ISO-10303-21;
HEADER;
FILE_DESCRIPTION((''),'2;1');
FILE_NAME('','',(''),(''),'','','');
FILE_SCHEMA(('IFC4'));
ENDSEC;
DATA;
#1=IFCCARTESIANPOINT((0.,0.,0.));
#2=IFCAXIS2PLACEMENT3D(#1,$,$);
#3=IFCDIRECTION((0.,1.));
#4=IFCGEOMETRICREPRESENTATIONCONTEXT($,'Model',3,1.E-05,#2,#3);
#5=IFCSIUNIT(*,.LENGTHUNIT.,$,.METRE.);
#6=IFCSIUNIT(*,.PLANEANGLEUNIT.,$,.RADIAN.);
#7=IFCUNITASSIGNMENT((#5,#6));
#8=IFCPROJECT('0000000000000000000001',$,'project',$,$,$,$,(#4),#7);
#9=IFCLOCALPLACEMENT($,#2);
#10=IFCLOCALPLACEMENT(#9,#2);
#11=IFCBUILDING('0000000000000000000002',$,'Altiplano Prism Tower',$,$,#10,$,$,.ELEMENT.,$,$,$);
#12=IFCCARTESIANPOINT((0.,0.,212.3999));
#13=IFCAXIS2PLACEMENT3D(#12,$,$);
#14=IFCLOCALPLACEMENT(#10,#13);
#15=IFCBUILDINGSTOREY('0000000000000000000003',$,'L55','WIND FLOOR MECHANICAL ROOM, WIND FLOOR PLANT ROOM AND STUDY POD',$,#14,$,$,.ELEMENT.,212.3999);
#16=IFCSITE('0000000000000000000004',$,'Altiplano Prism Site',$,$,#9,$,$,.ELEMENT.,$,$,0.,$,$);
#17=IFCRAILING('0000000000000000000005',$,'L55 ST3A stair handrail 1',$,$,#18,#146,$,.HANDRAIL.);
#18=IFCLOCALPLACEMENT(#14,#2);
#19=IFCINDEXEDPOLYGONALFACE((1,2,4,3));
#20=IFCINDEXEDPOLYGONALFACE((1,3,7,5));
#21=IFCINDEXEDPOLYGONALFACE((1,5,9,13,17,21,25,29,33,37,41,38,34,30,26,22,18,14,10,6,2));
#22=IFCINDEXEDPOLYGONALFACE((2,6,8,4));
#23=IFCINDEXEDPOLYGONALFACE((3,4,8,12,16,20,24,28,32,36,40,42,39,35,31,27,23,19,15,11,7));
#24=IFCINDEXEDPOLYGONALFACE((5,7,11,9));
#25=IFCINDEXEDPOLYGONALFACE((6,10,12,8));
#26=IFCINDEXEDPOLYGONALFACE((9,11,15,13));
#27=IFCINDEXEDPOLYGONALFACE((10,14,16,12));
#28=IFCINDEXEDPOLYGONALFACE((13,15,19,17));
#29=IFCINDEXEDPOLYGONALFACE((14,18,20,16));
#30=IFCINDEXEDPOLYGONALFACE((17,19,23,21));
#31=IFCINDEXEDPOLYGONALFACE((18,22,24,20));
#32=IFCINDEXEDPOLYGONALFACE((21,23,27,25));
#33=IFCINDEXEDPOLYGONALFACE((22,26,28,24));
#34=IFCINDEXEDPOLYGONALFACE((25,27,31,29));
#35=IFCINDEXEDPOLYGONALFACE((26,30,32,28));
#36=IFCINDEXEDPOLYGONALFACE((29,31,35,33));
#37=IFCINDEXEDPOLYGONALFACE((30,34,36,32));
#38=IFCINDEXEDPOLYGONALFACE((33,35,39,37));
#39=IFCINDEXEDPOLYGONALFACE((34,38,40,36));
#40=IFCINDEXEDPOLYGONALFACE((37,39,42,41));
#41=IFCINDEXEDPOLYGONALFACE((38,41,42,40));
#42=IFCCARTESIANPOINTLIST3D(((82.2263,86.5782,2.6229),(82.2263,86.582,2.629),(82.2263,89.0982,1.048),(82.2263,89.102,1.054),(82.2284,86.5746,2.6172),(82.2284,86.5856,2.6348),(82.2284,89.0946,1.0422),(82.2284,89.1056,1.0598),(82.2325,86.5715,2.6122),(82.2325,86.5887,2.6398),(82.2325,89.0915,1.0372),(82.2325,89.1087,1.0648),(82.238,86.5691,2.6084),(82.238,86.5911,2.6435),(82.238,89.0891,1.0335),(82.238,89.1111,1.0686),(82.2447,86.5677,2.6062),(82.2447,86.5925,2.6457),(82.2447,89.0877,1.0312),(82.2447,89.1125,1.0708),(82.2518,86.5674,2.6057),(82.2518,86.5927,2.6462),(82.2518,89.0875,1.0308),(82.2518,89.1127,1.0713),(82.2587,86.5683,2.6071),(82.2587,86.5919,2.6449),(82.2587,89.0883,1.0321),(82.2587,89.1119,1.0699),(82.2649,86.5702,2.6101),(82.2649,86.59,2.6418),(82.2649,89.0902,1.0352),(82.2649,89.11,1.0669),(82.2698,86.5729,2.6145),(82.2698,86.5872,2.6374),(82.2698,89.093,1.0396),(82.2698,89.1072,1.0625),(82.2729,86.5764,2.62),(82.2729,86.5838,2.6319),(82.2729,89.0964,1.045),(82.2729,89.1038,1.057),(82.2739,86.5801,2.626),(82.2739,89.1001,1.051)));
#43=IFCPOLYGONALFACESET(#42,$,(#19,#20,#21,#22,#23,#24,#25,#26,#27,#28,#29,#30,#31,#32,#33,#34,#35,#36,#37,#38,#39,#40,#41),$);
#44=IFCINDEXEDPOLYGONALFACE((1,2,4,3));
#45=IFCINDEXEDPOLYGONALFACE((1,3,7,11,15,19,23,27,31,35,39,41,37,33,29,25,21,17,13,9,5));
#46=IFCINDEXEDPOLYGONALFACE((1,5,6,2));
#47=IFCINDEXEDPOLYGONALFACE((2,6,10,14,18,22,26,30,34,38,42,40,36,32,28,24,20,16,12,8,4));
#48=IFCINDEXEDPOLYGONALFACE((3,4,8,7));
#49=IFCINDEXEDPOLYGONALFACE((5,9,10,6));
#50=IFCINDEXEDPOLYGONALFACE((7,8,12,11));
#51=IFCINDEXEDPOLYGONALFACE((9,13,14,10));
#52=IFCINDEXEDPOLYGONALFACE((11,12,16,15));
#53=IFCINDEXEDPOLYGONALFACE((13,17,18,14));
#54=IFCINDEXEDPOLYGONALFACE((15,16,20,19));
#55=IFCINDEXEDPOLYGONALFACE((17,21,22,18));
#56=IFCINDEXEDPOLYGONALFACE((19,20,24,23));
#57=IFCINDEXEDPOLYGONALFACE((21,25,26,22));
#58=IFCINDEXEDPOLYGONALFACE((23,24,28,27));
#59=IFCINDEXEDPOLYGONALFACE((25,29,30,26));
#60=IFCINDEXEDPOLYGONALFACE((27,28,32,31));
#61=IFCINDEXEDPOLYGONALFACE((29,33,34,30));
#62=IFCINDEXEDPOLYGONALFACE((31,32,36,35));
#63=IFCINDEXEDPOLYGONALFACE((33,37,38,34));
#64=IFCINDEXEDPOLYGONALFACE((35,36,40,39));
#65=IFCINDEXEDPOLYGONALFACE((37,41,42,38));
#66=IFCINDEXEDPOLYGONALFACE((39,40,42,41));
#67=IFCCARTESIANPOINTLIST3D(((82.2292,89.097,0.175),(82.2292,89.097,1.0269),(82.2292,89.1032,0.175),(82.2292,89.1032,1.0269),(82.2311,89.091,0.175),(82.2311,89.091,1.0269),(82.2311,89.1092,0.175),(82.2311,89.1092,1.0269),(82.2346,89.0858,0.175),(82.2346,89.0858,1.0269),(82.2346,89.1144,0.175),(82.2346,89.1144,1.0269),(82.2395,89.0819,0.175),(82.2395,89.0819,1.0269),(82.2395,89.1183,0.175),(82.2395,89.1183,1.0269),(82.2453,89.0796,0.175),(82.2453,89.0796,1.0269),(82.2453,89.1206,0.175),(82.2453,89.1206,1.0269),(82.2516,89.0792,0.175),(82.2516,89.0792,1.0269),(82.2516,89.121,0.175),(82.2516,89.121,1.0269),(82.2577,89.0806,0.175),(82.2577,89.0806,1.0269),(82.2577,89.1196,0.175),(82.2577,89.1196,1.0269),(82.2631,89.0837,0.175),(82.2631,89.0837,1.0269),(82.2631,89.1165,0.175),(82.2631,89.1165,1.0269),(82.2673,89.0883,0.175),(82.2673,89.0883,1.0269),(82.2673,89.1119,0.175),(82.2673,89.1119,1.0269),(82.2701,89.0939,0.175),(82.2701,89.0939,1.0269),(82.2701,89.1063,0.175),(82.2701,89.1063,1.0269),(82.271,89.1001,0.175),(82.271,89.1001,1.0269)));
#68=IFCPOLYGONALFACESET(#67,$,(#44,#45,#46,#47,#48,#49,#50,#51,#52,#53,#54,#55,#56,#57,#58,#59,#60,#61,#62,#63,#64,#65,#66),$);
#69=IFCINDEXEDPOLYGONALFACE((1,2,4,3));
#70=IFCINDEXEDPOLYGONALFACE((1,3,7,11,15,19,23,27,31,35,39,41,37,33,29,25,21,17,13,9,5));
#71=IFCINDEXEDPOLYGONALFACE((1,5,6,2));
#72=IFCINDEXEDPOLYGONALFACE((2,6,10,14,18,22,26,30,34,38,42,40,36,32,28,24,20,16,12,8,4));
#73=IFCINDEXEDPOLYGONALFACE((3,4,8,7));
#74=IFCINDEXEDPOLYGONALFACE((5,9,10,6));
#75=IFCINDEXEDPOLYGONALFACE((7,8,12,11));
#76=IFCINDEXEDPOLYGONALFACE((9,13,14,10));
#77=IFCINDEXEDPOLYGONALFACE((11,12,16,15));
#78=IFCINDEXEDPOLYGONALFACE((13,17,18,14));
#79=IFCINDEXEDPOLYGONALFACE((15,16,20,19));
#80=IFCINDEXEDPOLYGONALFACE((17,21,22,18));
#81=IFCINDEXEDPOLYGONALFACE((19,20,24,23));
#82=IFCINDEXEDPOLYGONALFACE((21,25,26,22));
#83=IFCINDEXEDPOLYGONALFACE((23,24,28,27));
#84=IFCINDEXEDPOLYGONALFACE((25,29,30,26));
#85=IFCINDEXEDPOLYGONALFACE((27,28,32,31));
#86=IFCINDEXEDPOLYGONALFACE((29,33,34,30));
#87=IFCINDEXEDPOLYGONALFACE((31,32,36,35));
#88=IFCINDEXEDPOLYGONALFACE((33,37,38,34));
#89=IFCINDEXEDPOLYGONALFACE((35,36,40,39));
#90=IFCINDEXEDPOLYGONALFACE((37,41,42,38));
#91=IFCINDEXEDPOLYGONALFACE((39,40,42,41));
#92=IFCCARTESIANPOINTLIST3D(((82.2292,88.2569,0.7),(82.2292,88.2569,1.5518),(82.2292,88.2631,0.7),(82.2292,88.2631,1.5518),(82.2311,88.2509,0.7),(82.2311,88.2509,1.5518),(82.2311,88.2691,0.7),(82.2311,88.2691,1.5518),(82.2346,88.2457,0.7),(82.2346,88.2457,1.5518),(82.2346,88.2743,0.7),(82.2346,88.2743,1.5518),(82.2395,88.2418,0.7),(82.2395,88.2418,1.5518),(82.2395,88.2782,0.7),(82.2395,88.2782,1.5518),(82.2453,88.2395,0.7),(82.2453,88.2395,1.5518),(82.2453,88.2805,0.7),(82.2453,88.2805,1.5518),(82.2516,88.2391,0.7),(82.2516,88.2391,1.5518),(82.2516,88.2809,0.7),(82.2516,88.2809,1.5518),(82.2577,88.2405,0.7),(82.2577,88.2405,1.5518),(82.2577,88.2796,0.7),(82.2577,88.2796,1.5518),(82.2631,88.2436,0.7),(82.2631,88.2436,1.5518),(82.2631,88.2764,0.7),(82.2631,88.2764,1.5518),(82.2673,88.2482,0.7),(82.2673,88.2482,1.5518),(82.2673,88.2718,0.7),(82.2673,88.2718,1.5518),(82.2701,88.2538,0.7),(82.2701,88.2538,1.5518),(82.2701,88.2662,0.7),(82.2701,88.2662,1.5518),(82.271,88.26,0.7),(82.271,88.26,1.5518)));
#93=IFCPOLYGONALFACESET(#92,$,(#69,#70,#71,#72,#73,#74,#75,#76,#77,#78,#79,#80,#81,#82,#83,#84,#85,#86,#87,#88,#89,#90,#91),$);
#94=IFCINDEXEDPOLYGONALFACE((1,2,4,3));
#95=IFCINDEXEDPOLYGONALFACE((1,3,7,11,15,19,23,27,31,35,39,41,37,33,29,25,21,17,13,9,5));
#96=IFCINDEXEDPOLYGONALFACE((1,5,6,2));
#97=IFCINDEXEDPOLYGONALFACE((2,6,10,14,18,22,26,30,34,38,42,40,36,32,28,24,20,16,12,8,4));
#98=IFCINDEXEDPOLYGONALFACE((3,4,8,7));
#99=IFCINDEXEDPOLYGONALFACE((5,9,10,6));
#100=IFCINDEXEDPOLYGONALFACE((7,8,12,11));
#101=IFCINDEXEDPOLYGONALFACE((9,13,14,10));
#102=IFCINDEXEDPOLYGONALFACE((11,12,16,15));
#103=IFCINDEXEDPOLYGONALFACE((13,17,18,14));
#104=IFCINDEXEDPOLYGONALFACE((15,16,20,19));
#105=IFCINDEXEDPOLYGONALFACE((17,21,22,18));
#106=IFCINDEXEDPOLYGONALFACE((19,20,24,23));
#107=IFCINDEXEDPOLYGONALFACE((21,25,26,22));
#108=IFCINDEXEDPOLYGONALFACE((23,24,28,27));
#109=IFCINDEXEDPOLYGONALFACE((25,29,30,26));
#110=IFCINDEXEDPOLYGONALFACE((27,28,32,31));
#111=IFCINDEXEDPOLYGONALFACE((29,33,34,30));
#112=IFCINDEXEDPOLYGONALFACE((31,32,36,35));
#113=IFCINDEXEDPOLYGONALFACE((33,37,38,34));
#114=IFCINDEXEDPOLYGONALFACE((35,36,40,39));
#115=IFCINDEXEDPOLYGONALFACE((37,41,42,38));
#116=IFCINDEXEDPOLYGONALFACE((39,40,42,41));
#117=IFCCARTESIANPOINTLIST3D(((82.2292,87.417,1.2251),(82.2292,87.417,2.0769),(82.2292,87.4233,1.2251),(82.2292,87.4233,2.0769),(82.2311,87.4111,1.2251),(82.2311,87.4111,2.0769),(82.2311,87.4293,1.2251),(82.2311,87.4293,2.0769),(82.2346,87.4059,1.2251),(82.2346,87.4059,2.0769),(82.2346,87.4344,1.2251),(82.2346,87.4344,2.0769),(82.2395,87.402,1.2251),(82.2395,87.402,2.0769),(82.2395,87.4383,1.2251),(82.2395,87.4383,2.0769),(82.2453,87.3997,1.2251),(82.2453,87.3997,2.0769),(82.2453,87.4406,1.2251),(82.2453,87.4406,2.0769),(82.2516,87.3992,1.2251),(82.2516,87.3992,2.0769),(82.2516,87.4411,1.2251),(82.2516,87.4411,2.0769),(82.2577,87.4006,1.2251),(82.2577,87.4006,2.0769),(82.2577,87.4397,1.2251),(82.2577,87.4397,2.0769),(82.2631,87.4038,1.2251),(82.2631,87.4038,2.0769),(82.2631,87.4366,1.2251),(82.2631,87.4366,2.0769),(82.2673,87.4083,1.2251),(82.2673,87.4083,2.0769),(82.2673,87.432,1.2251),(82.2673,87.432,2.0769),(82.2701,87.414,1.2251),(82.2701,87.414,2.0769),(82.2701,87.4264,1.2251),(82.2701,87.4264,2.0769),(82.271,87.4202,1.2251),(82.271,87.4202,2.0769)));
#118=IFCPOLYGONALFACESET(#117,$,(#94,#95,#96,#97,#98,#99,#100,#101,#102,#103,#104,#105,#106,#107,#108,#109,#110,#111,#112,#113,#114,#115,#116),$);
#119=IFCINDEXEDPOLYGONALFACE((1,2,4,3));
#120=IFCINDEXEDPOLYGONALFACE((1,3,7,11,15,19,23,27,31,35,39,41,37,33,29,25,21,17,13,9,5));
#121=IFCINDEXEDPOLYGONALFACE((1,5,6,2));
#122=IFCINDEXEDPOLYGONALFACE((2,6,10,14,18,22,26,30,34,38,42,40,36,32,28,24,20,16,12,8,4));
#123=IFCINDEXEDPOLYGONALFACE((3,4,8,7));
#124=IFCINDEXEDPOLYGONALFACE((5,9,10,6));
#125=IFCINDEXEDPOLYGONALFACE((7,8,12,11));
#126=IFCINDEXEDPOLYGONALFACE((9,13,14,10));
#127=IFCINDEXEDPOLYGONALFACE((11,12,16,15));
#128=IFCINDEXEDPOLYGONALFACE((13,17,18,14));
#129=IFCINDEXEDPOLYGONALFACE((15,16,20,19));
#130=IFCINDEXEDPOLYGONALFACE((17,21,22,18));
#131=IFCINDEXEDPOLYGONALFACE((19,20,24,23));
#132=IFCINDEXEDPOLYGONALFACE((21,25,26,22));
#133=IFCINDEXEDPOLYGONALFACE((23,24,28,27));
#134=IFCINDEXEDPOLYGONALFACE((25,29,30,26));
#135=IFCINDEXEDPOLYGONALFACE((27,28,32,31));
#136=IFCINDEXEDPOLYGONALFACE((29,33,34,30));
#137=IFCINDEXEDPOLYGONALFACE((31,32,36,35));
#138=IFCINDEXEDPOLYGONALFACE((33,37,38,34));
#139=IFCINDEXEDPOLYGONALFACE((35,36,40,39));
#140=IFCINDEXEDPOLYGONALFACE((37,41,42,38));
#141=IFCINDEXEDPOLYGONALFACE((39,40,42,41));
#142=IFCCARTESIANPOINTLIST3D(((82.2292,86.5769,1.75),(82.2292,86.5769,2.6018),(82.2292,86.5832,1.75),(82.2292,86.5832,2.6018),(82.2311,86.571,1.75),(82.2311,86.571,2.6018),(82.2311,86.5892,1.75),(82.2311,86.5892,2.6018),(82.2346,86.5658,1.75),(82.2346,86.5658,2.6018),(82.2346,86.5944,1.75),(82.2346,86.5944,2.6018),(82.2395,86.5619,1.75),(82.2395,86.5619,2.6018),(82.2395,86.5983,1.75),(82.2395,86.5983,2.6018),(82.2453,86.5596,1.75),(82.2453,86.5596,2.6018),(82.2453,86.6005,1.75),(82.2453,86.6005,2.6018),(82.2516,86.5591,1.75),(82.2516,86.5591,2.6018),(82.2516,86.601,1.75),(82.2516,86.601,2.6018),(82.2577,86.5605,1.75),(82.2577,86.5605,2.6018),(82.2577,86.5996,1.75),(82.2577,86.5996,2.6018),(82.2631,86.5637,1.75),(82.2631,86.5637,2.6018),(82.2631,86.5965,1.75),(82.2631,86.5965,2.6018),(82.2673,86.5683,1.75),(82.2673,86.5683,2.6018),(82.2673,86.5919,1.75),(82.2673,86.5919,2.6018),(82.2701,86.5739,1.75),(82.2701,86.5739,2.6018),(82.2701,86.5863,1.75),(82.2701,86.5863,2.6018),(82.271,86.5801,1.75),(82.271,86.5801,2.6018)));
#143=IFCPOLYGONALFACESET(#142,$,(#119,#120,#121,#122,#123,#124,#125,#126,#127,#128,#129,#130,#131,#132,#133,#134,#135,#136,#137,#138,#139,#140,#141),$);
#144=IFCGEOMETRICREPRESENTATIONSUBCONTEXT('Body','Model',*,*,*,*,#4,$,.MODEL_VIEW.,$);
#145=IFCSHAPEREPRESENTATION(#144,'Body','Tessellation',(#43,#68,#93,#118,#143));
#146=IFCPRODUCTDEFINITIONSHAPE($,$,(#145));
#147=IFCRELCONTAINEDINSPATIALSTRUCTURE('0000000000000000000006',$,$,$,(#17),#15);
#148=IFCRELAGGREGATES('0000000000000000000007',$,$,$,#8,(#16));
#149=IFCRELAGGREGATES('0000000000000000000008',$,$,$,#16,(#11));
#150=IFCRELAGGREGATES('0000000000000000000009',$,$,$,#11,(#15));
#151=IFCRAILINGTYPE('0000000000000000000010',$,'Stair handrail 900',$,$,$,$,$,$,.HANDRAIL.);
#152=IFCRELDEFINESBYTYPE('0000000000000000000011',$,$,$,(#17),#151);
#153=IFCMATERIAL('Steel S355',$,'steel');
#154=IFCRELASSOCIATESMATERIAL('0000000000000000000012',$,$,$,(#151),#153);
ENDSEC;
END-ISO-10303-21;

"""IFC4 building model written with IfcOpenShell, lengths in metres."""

from ifc_helpers import new_model, si_unit, direction, frame, origin, origin_2d, place, context, subcontext, project, spatial, circle, extrude, material, type_object, element, save


model = new_model("IFC4")

# Units and contexts
model_context = context("Model", 3, precision=1e-05, world=origin(), true_north=direction((0.0, 1.0)))
body_context = subcontext(model_context, "Body", "Model", "MODEL_VIEW")
ifc_project = project(units=[si_unit("LENGTHUNIT", "METRE"), si_unit("PLANEANGLEUNIT", "RADIAN")], contexts=[model_context])

# Site, building, storey
site_placement = place(None, origin())
site = spatial("IfcSite", under=ifc_project, at=site_placement, Name="Altiplano Prism Site", CompositionType="ELEMENT", RefElevation=0.0)
building_placement = place(site_placement, origin())
building = spatial("IfcBuilding", under=site, at=building_placement, Name="Altiplano Prism Tower", CompositionType="ELEMENT")
storey_placement = place(building_placement, frame((0.0, 0.0, 212.3999)))
storey = spatial("IfcBuildingStorey", under=building, at=storey_placement, Name="L55", Description="WIND FLOOR MECHANICAL ROOM, WIND FLOOR PLANT ROOM AND STUDY POD", CompositionType="ELEMENT", Elevation=212.3999)

# Shared definitions
ifc_material_1 = material(Name="Steel S355", Category="steel")

# Railing
railing_type_1 = type_object("IfcRailingType", Name="Stair handrail 900", PredefinedType="HANDRAIL", material=ifc_material_1)
for number, where, name in (
    (1, (82.25, 89.1001, 0.175), "L55 ST3A stair handrail 1"),
):
    element("IfcRailing", number, at=place(storey_placement, frame(where)), inside=storey, type_object=railing_type_1, Name=name, PredefinedType="HANDRAIL", context=body_context, shape_type="SweptSolid", body=[
        extrude(circle(Radius=0.0239, at=origin_2d()), frame((0.0, 0.0, 0.876), z_axis=(0.0, -0.848008, 0.529984), x_axis=(1.0, 0.0, 0.0)), (0.0, 0.0, 1.0), 2.9717),
        extrude(circle(Radius=0.021, at=origin_2d()), origin(), (0.0, 0.0, 1.0), 0.8518),
        extrude(circle(Radius=0.021, at=origin_2d()), frame((0.0, -0.8401, 0.5249)), (0.0, 0.0, 1.0), 0.8518),
        extrude(circle(Radius=0.021, at=origin_2d()), frame((0.0, -1.6799, 1.05)), (0.0, 0.0, 1.0), 0.8518),
        extrude(circle(Radius=0.021, at=origin_2d()), frame((0.0, -2.52, 1.575)), (0.0, 0.0, 1.0), 0.8518),
    ])

save(model, "model.ifc")
